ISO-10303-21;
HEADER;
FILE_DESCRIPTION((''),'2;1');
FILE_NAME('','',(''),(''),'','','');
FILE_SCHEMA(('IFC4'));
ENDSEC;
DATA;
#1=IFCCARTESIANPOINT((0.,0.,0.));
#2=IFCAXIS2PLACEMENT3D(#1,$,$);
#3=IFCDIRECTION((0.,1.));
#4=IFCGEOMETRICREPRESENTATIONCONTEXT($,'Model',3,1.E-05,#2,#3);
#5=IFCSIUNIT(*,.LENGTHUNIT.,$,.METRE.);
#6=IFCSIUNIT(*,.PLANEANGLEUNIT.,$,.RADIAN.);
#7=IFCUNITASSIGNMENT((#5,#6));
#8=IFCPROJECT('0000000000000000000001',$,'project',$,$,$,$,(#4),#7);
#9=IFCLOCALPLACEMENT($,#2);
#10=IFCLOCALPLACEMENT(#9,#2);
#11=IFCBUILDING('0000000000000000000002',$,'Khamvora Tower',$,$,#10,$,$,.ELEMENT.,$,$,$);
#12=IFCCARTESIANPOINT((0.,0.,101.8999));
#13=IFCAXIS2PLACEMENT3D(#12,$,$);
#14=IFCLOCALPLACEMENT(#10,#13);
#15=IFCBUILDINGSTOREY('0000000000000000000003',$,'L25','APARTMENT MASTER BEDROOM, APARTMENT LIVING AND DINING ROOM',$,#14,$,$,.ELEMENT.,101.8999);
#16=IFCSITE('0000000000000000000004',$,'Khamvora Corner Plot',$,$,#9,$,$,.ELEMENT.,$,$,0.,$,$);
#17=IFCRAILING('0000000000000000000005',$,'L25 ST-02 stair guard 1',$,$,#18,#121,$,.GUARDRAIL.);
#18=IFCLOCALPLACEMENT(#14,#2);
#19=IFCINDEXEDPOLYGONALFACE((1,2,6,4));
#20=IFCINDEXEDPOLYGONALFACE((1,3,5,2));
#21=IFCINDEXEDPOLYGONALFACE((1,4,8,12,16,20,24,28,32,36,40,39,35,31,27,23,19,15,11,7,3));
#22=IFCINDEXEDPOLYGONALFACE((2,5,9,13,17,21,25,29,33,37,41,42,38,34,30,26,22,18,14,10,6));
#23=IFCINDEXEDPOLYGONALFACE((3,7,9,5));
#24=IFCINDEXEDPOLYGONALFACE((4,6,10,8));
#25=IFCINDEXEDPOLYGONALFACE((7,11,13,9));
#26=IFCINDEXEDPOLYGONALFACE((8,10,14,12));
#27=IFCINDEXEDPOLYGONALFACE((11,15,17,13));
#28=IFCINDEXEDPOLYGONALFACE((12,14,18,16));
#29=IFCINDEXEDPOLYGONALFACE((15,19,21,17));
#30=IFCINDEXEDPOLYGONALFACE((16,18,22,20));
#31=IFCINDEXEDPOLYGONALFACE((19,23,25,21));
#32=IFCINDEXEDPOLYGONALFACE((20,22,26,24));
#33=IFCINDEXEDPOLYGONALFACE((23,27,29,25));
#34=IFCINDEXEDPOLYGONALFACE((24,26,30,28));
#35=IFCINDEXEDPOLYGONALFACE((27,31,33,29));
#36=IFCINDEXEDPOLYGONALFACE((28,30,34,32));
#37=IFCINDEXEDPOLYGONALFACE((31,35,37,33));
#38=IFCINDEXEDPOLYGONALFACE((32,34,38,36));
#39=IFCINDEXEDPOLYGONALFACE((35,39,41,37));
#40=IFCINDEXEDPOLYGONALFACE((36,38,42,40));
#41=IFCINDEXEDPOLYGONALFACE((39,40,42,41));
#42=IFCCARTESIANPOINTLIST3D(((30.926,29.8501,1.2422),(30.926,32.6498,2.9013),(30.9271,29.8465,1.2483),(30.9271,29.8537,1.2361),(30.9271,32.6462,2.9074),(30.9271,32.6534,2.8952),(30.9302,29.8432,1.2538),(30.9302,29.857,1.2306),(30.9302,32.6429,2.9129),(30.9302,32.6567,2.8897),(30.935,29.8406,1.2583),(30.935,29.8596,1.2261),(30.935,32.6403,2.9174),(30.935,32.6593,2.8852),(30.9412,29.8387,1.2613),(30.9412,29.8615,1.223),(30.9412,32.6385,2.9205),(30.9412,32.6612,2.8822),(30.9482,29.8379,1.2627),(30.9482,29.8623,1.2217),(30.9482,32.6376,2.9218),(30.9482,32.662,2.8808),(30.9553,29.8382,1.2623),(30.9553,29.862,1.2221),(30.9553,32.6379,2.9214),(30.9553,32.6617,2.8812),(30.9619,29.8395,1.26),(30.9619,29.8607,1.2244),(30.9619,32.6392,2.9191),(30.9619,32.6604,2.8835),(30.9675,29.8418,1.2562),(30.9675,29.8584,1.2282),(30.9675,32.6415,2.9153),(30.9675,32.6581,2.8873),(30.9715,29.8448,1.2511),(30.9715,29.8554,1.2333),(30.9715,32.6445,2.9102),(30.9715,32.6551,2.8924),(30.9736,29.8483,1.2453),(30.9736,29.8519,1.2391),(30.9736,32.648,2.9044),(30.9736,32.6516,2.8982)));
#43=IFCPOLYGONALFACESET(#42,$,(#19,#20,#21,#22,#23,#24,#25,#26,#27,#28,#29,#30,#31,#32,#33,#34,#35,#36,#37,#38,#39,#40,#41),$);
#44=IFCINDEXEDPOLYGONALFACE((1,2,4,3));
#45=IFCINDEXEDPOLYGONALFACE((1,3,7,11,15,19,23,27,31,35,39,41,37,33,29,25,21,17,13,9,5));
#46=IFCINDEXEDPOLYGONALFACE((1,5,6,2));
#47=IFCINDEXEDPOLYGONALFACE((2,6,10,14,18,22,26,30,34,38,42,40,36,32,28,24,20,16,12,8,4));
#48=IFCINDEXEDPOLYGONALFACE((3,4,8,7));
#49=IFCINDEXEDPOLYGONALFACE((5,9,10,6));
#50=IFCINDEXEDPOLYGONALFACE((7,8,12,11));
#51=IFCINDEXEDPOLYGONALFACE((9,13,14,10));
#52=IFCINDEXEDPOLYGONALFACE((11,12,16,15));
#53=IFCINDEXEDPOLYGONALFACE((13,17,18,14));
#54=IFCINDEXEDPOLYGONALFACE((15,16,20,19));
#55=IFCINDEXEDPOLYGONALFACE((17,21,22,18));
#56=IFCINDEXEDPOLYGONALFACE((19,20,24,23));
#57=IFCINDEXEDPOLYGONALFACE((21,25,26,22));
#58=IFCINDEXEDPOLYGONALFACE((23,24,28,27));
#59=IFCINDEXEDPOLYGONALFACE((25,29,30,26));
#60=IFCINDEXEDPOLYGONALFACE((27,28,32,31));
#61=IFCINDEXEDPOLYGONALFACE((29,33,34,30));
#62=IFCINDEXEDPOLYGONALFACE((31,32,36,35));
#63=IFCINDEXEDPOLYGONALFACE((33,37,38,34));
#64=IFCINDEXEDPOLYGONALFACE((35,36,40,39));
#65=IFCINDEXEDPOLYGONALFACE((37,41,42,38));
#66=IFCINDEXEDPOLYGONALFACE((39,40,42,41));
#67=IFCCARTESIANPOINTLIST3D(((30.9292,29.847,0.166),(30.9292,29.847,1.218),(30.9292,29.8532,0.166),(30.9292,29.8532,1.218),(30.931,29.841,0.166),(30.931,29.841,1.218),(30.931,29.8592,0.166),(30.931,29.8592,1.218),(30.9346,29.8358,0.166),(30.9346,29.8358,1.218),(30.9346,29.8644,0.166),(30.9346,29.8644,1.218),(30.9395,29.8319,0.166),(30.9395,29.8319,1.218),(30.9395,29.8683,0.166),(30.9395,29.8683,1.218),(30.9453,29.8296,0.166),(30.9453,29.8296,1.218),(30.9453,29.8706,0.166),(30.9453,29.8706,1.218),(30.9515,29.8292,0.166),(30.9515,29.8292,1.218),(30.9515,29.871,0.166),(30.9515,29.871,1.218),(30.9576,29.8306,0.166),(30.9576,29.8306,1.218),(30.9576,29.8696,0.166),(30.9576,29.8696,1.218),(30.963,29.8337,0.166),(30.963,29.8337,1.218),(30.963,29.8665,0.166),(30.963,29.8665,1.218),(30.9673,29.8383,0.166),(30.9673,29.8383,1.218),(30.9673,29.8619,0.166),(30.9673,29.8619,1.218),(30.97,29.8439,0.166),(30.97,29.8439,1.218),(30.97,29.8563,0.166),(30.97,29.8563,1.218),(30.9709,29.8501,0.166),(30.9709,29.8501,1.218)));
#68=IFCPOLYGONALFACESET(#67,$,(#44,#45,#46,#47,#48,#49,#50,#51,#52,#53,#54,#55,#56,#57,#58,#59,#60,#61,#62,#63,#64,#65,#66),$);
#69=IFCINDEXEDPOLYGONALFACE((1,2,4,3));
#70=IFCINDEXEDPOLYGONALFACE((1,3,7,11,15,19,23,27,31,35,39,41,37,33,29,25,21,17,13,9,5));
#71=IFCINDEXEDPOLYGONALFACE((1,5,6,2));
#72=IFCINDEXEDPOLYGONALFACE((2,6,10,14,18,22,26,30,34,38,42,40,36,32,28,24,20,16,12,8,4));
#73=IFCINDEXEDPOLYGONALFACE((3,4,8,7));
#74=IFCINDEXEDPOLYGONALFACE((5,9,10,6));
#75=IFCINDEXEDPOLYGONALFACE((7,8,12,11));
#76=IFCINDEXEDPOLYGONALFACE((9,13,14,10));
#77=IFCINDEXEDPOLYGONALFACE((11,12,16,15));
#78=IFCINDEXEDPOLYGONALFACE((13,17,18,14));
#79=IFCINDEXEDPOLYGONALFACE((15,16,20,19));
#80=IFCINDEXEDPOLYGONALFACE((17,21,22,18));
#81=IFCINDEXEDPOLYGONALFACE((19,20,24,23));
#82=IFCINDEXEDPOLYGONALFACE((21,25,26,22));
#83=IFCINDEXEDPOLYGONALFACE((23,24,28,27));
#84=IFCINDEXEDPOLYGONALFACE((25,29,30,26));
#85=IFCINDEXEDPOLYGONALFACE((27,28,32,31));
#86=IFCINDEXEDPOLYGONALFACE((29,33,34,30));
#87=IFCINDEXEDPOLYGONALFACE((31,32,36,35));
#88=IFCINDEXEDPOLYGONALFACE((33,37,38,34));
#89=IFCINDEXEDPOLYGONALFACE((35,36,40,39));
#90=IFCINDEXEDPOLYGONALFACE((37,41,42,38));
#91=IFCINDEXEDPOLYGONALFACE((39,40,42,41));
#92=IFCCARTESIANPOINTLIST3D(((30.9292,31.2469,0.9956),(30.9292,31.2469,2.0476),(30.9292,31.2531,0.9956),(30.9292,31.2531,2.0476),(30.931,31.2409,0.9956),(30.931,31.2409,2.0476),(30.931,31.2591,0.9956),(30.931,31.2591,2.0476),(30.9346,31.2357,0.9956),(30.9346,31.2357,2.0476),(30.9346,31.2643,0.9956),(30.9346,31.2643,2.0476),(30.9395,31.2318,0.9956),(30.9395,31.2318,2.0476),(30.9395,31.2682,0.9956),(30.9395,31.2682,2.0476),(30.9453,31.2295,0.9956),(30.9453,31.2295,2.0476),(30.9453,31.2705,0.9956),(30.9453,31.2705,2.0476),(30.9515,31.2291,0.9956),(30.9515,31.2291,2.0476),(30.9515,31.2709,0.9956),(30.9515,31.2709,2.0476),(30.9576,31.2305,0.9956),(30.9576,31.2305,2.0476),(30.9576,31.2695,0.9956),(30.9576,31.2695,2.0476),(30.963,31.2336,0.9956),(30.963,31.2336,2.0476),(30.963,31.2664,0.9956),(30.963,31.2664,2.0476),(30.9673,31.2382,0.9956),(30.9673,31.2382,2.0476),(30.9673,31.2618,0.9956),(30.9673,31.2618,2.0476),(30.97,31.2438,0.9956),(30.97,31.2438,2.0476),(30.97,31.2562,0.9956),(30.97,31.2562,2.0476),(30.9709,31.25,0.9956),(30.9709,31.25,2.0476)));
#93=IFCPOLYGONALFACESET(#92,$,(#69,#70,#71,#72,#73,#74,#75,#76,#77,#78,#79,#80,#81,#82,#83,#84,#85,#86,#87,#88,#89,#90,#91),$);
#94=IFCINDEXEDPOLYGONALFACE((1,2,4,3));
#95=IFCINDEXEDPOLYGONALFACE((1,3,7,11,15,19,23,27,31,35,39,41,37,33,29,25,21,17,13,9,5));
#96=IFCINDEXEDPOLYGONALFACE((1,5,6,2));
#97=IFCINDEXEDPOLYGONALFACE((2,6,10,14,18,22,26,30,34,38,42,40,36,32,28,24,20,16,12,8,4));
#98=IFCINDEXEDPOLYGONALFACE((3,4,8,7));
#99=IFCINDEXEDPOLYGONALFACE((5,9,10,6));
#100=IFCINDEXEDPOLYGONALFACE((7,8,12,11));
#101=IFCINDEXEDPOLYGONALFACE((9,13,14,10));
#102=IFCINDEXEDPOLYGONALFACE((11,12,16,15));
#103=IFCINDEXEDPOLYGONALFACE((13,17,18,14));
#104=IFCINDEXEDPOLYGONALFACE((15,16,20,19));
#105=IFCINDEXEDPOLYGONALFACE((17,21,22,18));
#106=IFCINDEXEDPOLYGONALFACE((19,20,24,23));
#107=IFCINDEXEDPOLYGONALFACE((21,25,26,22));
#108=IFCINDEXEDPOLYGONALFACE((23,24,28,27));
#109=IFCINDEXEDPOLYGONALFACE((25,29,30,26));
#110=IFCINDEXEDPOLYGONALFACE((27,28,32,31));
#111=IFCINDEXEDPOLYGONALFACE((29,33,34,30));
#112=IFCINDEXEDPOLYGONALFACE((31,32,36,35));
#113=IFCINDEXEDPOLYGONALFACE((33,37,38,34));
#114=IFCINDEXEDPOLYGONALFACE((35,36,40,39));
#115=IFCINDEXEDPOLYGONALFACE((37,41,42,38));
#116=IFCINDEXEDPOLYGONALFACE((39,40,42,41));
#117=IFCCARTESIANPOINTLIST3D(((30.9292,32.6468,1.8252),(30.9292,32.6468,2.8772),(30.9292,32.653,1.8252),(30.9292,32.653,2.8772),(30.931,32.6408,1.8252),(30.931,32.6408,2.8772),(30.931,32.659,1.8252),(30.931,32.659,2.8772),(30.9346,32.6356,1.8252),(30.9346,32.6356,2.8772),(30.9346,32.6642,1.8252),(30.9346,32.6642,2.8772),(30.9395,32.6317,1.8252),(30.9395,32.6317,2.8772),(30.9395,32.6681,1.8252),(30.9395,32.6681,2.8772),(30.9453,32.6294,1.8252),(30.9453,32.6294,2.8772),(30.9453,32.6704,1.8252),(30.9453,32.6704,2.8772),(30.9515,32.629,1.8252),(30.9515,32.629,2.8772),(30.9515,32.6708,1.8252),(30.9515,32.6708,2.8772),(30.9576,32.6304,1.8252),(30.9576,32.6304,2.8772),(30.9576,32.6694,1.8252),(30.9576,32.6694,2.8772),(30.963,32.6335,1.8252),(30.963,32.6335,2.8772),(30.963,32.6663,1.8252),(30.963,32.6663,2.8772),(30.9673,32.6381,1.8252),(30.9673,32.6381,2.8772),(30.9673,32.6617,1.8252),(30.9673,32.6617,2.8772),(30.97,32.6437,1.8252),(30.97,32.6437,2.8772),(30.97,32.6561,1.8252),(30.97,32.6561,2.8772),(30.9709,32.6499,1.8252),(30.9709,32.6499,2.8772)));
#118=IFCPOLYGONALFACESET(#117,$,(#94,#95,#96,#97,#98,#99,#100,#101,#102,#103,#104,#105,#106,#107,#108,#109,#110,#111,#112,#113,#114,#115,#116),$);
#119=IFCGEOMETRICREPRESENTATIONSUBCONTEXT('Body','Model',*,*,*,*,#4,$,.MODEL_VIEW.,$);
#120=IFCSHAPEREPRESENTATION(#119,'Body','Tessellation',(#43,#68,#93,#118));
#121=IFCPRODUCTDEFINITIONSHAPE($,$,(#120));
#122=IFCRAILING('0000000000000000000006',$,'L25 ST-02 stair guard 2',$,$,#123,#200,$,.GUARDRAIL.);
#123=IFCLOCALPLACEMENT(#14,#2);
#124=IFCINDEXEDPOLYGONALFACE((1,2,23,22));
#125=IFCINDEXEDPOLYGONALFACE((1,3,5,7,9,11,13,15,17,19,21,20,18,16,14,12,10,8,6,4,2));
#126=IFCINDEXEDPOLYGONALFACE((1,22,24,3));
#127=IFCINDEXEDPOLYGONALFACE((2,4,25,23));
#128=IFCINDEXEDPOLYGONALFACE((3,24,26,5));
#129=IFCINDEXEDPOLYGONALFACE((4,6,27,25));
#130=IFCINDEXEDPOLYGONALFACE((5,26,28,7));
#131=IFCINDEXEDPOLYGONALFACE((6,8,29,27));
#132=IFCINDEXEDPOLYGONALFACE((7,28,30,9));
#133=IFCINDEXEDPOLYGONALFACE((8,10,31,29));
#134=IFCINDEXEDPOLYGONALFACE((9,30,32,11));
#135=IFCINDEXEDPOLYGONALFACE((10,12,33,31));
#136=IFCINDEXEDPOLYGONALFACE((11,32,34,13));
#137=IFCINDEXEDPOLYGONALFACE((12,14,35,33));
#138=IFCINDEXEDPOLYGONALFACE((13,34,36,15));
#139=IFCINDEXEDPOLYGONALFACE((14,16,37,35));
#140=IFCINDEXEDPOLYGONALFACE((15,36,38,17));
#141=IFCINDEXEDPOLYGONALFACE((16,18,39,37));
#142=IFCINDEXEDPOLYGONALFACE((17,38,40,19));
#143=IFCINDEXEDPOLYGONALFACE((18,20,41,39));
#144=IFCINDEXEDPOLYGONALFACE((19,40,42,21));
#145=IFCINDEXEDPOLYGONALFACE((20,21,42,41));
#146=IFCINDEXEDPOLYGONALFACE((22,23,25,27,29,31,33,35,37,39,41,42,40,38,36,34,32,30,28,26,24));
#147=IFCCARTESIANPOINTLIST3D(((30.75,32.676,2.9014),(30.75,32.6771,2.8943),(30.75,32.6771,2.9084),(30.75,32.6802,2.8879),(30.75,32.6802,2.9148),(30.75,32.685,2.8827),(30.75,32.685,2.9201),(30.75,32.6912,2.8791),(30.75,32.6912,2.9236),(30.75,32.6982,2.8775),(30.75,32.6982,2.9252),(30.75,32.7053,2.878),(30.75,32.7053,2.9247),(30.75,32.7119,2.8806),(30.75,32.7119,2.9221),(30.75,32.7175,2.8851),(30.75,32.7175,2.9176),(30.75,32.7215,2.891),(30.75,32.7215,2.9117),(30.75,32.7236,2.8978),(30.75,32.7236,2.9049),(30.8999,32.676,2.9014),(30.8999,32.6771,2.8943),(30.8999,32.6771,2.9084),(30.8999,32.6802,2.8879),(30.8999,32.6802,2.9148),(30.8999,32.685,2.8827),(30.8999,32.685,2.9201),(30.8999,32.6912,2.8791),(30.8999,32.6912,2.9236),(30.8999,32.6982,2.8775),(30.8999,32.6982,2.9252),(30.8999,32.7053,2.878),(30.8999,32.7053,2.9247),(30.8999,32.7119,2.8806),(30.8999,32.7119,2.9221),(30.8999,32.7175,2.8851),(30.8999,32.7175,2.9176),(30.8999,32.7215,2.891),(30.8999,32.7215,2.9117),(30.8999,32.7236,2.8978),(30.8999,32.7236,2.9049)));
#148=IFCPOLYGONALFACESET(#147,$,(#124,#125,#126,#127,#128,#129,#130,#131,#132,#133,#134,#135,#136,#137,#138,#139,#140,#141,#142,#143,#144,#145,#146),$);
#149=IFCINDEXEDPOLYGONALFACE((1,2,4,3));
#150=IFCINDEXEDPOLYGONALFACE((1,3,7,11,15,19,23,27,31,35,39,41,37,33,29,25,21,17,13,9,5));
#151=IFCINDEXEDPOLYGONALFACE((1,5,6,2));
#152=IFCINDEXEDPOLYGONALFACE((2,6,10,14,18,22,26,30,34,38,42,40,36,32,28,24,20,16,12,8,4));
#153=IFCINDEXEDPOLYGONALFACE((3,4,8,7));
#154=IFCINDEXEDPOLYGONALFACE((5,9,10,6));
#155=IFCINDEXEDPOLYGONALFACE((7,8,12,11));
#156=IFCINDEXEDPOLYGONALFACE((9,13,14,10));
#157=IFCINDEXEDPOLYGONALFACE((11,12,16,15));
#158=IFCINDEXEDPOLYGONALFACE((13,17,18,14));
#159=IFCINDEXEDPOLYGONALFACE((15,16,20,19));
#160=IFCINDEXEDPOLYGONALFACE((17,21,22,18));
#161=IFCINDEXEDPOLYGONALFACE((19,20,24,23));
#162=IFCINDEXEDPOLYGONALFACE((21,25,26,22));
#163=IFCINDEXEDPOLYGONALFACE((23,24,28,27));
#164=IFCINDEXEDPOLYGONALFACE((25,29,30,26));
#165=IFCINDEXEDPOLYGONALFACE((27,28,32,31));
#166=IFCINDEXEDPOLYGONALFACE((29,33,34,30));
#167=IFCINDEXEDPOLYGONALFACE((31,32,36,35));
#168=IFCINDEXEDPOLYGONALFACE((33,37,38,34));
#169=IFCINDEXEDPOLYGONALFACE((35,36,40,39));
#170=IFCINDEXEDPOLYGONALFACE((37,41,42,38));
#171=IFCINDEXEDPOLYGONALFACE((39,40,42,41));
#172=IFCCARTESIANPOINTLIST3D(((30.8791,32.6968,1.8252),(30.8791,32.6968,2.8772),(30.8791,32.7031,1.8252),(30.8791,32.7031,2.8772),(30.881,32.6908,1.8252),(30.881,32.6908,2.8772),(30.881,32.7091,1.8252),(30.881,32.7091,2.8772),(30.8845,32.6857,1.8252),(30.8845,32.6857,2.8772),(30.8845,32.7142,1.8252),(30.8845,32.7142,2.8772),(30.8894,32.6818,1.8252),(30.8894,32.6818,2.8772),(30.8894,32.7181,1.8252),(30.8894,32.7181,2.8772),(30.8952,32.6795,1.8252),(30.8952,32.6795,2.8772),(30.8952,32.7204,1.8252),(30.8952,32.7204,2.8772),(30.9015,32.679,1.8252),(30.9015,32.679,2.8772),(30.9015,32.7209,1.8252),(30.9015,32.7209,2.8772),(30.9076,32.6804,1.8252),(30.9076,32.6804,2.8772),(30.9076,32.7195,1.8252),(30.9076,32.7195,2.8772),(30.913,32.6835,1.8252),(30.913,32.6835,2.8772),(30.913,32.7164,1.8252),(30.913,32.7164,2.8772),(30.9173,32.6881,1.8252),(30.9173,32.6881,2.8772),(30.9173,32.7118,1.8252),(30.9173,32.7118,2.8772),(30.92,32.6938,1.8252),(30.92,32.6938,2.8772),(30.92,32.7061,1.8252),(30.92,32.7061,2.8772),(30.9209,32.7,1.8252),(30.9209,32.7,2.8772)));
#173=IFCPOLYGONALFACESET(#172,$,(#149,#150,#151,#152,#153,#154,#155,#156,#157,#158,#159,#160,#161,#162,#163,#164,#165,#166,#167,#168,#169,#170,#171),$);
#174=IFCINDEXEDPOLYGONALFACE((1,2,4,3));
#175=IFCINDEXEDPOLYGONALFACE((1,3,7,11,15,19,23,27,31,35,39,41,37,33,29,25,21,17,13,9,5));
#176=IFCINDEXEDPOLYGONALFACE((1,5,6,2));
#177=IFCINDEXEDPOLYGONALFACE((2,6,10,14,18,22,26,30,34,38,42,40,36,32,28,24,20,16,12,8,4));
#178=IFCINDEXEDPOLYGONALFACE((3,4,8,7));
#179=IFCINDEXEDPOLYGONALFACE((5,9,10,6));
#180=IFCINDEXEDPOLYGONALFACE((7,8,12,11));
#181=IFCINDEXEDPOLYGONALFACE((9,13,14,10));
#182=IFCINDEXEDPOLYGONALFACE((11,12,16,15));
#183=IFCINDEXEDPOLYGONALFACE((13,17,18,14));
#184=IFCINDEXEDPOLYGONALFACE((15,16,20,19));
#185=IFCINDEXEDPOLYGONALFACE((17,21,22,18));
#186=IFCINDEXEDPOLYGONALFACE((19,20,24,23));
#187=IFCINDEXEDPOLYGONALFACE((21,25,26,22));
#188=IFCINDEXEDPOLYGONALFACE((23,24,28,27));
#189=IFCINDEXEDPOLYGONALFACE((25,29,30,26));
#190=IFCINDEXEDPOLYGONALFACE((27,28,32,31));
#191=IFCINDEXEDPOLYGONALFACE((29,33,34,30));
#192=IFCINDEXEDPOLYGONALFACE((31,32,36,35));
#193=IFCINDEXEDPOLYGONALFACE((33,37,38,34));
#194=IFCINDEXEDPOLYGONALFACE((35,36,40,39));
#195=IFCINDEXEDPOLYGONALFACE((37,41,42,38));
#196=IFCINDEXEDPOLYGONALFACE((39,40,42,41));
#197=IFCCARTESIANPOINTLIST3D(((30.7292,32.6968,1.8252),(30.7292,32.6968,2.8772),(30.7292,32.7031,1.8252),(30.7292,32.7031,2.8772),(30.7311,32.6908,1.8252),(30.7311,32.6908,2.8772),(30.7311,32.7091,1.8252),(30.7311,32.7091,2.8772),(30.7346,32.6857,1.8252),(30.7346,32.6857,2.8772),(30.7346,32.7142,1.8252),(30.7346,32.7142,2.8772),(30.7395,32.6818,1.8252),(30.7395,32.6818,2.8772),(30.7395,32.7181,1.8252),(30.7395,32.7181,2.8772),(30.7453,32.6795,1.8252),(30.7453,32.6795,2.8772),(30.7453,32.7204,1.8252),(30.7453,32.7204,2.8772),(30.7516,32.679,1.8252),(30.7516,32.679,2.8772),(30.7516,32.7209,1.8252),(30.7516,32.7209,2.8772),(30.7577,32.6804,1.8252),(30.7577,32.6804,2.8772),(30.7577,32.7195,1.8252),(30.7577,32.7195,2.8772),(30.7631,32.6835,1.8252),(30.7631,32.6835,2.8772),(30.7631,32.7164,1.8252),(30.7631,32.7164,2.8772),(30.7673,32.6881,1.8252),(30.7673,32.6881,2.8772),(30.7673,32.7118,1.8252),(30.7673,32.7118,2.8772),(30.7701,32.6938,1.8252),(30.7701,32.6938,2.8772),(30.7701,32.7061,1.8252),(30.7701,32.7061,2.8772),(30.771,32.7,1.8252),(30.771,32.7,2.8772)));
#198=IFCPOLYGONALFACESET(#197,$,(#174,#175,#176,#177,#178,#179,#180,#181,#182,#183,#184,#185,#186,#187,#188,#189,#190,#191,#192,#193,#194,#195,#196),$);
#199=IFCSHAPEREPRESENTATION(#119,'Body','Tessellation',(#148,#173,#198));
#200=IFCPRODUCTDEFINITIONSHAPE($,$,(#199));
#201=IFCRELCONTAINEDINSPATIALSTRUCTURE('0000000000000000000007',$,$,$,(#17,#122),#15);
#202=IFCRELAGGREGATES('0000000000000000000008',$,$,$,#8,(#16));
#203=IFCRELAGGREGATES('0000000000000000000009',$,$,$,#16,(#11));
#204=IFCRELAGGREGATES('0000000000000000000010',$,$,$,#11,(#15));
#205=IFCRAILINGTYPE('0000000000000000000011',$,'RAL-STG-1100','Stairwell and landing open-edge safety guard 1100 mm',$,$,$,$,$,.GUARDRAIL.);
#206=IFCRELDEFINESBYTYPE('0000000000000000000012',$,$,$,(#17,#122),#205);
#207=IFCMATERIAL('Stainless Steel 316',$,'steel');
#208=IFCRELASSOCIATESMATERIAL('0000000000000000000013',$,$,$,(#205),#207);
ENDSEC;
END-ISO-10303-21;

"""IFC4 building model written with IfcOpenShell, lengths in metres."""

from ifc_helpers import new_model, si_unit, direction, frame, origin, origin_2d, place, context, subcontext, project, spatial, circle, extrude, material, type_object, element, save


model = new_model("IFC4")

# Units and contexts
model_context = context("Model", 3, precision=1e-05, world=origin(), true_north=direction((0.0, 1.0)))
body_context = subcontext(model_context, "Body", "Model", "MODEL_VIEW")
ifc_project = project(units=[si_unit("LENGTHUNIT", "METRE"), si_unit("PLANEANGLEUNIT", "RADIAN")], contexts=[model_context])

# Site, building, storey
site_placement = place(None, origin())
site = spatial("IfcSite", under=ifc_project, at=site_placement, Name="Khamvora Corner Plot", CompositionType="ELEMENT", RefElevation=0.0)
building_placement = place(site_placement, origin())
building = spatial("IfcBuilding", under=site, at=building_placement, Name="Khamvora Tower", CompositionType="ELEMENT")
storey_placement = place(building_placement, frame((0.0, 0.0, 101.8999)))
storey = spatial("IfcBuildingStorey", under=building, at=storey_placement, Name="L25", Description="APARTMENT MASTER BEDROOM, APARTMENT LIVING AND DINING ROOM", CompositionType="ELEMENT", Elevation=101.8999)

# Railings
ifc_material_1 = material(Name="Stainless Steel 316", Category="steel")
railing_type_1 = type_object("IfcRailingType", Name="RAL-STG-1100", Description="Stairwell and landing open-edge safety guard 1100 mm", PredefinedType="GUARDRAIL", material=ifc_material_1)
railing_1_placement = place(storey_placement, frame((30.95, 29.8501, 0.166)))
element("IfcRailing", 1, at=railing_1_placement, inside=storey, type_object=railing_type_1, Name="L25 ST-02 stair guard 1", PredefinedType="GUARDRAIL", context=body_context, shape_type="SweptSolid", body=[
    extrude(circle(Radius=0.0239, at=origin_2d()), frame((0.0, 0.0, 1.0762), z_axis=(0.0, 0.860287, 0.509811), x_axis=(-1.0, 0.0, 0.0)), (0.0, 0.0, 1.0), 3.2544),
    extrude(circle(Radius=0.021, at=origin_2d()), origin(), (0.0, 0.0, 1.0), 1.052),
    extrude(circle(Radius=0.021, at=origin_2d()), frame((0.0, 1.3999, 0.8296)), (0.0, 0.0, 1.0), 1.052),
    extrude(circle(Radius=0.021, at=origin_2d()), frame((0.0, 2.7998, 1.6592)), (0.0, 0.0, 1.0), 1.052),
])
railing_2_placement = place(storey_placement, frame((30.8999, 32.7, 1.8252)))
element("IfcRailing", 2, at=railing_2_placement, inside=storey, type_object=railing_type_1, Name="L25 ST-02 stair guard 2", PredefinedType="GUARDRAIL", context=body_context, shape_type="SweptSolid", body=[
    extrude(circle(Radius=0.0239, at=origin_2d()), frame((0.0, 0.0, 1.0762), z_axis=(-1.0, 0.0, 0.0), x_axis=(0.0, -1.0, 0.0)), (0.0, 0.0, 1.0), 0.1499),
    extrude(circle(Radius=0.021, at=origin_2d()), origin(), (0.0, 0.0, 1.0), 1.052),
    extrude(circle(Radius=0.021, at=origin_2d()), frame((-0.1499, 0.0, 0.0)), (0.0, 0.0, 1.0), 1.052),
])

save(model, "model.ifc")
